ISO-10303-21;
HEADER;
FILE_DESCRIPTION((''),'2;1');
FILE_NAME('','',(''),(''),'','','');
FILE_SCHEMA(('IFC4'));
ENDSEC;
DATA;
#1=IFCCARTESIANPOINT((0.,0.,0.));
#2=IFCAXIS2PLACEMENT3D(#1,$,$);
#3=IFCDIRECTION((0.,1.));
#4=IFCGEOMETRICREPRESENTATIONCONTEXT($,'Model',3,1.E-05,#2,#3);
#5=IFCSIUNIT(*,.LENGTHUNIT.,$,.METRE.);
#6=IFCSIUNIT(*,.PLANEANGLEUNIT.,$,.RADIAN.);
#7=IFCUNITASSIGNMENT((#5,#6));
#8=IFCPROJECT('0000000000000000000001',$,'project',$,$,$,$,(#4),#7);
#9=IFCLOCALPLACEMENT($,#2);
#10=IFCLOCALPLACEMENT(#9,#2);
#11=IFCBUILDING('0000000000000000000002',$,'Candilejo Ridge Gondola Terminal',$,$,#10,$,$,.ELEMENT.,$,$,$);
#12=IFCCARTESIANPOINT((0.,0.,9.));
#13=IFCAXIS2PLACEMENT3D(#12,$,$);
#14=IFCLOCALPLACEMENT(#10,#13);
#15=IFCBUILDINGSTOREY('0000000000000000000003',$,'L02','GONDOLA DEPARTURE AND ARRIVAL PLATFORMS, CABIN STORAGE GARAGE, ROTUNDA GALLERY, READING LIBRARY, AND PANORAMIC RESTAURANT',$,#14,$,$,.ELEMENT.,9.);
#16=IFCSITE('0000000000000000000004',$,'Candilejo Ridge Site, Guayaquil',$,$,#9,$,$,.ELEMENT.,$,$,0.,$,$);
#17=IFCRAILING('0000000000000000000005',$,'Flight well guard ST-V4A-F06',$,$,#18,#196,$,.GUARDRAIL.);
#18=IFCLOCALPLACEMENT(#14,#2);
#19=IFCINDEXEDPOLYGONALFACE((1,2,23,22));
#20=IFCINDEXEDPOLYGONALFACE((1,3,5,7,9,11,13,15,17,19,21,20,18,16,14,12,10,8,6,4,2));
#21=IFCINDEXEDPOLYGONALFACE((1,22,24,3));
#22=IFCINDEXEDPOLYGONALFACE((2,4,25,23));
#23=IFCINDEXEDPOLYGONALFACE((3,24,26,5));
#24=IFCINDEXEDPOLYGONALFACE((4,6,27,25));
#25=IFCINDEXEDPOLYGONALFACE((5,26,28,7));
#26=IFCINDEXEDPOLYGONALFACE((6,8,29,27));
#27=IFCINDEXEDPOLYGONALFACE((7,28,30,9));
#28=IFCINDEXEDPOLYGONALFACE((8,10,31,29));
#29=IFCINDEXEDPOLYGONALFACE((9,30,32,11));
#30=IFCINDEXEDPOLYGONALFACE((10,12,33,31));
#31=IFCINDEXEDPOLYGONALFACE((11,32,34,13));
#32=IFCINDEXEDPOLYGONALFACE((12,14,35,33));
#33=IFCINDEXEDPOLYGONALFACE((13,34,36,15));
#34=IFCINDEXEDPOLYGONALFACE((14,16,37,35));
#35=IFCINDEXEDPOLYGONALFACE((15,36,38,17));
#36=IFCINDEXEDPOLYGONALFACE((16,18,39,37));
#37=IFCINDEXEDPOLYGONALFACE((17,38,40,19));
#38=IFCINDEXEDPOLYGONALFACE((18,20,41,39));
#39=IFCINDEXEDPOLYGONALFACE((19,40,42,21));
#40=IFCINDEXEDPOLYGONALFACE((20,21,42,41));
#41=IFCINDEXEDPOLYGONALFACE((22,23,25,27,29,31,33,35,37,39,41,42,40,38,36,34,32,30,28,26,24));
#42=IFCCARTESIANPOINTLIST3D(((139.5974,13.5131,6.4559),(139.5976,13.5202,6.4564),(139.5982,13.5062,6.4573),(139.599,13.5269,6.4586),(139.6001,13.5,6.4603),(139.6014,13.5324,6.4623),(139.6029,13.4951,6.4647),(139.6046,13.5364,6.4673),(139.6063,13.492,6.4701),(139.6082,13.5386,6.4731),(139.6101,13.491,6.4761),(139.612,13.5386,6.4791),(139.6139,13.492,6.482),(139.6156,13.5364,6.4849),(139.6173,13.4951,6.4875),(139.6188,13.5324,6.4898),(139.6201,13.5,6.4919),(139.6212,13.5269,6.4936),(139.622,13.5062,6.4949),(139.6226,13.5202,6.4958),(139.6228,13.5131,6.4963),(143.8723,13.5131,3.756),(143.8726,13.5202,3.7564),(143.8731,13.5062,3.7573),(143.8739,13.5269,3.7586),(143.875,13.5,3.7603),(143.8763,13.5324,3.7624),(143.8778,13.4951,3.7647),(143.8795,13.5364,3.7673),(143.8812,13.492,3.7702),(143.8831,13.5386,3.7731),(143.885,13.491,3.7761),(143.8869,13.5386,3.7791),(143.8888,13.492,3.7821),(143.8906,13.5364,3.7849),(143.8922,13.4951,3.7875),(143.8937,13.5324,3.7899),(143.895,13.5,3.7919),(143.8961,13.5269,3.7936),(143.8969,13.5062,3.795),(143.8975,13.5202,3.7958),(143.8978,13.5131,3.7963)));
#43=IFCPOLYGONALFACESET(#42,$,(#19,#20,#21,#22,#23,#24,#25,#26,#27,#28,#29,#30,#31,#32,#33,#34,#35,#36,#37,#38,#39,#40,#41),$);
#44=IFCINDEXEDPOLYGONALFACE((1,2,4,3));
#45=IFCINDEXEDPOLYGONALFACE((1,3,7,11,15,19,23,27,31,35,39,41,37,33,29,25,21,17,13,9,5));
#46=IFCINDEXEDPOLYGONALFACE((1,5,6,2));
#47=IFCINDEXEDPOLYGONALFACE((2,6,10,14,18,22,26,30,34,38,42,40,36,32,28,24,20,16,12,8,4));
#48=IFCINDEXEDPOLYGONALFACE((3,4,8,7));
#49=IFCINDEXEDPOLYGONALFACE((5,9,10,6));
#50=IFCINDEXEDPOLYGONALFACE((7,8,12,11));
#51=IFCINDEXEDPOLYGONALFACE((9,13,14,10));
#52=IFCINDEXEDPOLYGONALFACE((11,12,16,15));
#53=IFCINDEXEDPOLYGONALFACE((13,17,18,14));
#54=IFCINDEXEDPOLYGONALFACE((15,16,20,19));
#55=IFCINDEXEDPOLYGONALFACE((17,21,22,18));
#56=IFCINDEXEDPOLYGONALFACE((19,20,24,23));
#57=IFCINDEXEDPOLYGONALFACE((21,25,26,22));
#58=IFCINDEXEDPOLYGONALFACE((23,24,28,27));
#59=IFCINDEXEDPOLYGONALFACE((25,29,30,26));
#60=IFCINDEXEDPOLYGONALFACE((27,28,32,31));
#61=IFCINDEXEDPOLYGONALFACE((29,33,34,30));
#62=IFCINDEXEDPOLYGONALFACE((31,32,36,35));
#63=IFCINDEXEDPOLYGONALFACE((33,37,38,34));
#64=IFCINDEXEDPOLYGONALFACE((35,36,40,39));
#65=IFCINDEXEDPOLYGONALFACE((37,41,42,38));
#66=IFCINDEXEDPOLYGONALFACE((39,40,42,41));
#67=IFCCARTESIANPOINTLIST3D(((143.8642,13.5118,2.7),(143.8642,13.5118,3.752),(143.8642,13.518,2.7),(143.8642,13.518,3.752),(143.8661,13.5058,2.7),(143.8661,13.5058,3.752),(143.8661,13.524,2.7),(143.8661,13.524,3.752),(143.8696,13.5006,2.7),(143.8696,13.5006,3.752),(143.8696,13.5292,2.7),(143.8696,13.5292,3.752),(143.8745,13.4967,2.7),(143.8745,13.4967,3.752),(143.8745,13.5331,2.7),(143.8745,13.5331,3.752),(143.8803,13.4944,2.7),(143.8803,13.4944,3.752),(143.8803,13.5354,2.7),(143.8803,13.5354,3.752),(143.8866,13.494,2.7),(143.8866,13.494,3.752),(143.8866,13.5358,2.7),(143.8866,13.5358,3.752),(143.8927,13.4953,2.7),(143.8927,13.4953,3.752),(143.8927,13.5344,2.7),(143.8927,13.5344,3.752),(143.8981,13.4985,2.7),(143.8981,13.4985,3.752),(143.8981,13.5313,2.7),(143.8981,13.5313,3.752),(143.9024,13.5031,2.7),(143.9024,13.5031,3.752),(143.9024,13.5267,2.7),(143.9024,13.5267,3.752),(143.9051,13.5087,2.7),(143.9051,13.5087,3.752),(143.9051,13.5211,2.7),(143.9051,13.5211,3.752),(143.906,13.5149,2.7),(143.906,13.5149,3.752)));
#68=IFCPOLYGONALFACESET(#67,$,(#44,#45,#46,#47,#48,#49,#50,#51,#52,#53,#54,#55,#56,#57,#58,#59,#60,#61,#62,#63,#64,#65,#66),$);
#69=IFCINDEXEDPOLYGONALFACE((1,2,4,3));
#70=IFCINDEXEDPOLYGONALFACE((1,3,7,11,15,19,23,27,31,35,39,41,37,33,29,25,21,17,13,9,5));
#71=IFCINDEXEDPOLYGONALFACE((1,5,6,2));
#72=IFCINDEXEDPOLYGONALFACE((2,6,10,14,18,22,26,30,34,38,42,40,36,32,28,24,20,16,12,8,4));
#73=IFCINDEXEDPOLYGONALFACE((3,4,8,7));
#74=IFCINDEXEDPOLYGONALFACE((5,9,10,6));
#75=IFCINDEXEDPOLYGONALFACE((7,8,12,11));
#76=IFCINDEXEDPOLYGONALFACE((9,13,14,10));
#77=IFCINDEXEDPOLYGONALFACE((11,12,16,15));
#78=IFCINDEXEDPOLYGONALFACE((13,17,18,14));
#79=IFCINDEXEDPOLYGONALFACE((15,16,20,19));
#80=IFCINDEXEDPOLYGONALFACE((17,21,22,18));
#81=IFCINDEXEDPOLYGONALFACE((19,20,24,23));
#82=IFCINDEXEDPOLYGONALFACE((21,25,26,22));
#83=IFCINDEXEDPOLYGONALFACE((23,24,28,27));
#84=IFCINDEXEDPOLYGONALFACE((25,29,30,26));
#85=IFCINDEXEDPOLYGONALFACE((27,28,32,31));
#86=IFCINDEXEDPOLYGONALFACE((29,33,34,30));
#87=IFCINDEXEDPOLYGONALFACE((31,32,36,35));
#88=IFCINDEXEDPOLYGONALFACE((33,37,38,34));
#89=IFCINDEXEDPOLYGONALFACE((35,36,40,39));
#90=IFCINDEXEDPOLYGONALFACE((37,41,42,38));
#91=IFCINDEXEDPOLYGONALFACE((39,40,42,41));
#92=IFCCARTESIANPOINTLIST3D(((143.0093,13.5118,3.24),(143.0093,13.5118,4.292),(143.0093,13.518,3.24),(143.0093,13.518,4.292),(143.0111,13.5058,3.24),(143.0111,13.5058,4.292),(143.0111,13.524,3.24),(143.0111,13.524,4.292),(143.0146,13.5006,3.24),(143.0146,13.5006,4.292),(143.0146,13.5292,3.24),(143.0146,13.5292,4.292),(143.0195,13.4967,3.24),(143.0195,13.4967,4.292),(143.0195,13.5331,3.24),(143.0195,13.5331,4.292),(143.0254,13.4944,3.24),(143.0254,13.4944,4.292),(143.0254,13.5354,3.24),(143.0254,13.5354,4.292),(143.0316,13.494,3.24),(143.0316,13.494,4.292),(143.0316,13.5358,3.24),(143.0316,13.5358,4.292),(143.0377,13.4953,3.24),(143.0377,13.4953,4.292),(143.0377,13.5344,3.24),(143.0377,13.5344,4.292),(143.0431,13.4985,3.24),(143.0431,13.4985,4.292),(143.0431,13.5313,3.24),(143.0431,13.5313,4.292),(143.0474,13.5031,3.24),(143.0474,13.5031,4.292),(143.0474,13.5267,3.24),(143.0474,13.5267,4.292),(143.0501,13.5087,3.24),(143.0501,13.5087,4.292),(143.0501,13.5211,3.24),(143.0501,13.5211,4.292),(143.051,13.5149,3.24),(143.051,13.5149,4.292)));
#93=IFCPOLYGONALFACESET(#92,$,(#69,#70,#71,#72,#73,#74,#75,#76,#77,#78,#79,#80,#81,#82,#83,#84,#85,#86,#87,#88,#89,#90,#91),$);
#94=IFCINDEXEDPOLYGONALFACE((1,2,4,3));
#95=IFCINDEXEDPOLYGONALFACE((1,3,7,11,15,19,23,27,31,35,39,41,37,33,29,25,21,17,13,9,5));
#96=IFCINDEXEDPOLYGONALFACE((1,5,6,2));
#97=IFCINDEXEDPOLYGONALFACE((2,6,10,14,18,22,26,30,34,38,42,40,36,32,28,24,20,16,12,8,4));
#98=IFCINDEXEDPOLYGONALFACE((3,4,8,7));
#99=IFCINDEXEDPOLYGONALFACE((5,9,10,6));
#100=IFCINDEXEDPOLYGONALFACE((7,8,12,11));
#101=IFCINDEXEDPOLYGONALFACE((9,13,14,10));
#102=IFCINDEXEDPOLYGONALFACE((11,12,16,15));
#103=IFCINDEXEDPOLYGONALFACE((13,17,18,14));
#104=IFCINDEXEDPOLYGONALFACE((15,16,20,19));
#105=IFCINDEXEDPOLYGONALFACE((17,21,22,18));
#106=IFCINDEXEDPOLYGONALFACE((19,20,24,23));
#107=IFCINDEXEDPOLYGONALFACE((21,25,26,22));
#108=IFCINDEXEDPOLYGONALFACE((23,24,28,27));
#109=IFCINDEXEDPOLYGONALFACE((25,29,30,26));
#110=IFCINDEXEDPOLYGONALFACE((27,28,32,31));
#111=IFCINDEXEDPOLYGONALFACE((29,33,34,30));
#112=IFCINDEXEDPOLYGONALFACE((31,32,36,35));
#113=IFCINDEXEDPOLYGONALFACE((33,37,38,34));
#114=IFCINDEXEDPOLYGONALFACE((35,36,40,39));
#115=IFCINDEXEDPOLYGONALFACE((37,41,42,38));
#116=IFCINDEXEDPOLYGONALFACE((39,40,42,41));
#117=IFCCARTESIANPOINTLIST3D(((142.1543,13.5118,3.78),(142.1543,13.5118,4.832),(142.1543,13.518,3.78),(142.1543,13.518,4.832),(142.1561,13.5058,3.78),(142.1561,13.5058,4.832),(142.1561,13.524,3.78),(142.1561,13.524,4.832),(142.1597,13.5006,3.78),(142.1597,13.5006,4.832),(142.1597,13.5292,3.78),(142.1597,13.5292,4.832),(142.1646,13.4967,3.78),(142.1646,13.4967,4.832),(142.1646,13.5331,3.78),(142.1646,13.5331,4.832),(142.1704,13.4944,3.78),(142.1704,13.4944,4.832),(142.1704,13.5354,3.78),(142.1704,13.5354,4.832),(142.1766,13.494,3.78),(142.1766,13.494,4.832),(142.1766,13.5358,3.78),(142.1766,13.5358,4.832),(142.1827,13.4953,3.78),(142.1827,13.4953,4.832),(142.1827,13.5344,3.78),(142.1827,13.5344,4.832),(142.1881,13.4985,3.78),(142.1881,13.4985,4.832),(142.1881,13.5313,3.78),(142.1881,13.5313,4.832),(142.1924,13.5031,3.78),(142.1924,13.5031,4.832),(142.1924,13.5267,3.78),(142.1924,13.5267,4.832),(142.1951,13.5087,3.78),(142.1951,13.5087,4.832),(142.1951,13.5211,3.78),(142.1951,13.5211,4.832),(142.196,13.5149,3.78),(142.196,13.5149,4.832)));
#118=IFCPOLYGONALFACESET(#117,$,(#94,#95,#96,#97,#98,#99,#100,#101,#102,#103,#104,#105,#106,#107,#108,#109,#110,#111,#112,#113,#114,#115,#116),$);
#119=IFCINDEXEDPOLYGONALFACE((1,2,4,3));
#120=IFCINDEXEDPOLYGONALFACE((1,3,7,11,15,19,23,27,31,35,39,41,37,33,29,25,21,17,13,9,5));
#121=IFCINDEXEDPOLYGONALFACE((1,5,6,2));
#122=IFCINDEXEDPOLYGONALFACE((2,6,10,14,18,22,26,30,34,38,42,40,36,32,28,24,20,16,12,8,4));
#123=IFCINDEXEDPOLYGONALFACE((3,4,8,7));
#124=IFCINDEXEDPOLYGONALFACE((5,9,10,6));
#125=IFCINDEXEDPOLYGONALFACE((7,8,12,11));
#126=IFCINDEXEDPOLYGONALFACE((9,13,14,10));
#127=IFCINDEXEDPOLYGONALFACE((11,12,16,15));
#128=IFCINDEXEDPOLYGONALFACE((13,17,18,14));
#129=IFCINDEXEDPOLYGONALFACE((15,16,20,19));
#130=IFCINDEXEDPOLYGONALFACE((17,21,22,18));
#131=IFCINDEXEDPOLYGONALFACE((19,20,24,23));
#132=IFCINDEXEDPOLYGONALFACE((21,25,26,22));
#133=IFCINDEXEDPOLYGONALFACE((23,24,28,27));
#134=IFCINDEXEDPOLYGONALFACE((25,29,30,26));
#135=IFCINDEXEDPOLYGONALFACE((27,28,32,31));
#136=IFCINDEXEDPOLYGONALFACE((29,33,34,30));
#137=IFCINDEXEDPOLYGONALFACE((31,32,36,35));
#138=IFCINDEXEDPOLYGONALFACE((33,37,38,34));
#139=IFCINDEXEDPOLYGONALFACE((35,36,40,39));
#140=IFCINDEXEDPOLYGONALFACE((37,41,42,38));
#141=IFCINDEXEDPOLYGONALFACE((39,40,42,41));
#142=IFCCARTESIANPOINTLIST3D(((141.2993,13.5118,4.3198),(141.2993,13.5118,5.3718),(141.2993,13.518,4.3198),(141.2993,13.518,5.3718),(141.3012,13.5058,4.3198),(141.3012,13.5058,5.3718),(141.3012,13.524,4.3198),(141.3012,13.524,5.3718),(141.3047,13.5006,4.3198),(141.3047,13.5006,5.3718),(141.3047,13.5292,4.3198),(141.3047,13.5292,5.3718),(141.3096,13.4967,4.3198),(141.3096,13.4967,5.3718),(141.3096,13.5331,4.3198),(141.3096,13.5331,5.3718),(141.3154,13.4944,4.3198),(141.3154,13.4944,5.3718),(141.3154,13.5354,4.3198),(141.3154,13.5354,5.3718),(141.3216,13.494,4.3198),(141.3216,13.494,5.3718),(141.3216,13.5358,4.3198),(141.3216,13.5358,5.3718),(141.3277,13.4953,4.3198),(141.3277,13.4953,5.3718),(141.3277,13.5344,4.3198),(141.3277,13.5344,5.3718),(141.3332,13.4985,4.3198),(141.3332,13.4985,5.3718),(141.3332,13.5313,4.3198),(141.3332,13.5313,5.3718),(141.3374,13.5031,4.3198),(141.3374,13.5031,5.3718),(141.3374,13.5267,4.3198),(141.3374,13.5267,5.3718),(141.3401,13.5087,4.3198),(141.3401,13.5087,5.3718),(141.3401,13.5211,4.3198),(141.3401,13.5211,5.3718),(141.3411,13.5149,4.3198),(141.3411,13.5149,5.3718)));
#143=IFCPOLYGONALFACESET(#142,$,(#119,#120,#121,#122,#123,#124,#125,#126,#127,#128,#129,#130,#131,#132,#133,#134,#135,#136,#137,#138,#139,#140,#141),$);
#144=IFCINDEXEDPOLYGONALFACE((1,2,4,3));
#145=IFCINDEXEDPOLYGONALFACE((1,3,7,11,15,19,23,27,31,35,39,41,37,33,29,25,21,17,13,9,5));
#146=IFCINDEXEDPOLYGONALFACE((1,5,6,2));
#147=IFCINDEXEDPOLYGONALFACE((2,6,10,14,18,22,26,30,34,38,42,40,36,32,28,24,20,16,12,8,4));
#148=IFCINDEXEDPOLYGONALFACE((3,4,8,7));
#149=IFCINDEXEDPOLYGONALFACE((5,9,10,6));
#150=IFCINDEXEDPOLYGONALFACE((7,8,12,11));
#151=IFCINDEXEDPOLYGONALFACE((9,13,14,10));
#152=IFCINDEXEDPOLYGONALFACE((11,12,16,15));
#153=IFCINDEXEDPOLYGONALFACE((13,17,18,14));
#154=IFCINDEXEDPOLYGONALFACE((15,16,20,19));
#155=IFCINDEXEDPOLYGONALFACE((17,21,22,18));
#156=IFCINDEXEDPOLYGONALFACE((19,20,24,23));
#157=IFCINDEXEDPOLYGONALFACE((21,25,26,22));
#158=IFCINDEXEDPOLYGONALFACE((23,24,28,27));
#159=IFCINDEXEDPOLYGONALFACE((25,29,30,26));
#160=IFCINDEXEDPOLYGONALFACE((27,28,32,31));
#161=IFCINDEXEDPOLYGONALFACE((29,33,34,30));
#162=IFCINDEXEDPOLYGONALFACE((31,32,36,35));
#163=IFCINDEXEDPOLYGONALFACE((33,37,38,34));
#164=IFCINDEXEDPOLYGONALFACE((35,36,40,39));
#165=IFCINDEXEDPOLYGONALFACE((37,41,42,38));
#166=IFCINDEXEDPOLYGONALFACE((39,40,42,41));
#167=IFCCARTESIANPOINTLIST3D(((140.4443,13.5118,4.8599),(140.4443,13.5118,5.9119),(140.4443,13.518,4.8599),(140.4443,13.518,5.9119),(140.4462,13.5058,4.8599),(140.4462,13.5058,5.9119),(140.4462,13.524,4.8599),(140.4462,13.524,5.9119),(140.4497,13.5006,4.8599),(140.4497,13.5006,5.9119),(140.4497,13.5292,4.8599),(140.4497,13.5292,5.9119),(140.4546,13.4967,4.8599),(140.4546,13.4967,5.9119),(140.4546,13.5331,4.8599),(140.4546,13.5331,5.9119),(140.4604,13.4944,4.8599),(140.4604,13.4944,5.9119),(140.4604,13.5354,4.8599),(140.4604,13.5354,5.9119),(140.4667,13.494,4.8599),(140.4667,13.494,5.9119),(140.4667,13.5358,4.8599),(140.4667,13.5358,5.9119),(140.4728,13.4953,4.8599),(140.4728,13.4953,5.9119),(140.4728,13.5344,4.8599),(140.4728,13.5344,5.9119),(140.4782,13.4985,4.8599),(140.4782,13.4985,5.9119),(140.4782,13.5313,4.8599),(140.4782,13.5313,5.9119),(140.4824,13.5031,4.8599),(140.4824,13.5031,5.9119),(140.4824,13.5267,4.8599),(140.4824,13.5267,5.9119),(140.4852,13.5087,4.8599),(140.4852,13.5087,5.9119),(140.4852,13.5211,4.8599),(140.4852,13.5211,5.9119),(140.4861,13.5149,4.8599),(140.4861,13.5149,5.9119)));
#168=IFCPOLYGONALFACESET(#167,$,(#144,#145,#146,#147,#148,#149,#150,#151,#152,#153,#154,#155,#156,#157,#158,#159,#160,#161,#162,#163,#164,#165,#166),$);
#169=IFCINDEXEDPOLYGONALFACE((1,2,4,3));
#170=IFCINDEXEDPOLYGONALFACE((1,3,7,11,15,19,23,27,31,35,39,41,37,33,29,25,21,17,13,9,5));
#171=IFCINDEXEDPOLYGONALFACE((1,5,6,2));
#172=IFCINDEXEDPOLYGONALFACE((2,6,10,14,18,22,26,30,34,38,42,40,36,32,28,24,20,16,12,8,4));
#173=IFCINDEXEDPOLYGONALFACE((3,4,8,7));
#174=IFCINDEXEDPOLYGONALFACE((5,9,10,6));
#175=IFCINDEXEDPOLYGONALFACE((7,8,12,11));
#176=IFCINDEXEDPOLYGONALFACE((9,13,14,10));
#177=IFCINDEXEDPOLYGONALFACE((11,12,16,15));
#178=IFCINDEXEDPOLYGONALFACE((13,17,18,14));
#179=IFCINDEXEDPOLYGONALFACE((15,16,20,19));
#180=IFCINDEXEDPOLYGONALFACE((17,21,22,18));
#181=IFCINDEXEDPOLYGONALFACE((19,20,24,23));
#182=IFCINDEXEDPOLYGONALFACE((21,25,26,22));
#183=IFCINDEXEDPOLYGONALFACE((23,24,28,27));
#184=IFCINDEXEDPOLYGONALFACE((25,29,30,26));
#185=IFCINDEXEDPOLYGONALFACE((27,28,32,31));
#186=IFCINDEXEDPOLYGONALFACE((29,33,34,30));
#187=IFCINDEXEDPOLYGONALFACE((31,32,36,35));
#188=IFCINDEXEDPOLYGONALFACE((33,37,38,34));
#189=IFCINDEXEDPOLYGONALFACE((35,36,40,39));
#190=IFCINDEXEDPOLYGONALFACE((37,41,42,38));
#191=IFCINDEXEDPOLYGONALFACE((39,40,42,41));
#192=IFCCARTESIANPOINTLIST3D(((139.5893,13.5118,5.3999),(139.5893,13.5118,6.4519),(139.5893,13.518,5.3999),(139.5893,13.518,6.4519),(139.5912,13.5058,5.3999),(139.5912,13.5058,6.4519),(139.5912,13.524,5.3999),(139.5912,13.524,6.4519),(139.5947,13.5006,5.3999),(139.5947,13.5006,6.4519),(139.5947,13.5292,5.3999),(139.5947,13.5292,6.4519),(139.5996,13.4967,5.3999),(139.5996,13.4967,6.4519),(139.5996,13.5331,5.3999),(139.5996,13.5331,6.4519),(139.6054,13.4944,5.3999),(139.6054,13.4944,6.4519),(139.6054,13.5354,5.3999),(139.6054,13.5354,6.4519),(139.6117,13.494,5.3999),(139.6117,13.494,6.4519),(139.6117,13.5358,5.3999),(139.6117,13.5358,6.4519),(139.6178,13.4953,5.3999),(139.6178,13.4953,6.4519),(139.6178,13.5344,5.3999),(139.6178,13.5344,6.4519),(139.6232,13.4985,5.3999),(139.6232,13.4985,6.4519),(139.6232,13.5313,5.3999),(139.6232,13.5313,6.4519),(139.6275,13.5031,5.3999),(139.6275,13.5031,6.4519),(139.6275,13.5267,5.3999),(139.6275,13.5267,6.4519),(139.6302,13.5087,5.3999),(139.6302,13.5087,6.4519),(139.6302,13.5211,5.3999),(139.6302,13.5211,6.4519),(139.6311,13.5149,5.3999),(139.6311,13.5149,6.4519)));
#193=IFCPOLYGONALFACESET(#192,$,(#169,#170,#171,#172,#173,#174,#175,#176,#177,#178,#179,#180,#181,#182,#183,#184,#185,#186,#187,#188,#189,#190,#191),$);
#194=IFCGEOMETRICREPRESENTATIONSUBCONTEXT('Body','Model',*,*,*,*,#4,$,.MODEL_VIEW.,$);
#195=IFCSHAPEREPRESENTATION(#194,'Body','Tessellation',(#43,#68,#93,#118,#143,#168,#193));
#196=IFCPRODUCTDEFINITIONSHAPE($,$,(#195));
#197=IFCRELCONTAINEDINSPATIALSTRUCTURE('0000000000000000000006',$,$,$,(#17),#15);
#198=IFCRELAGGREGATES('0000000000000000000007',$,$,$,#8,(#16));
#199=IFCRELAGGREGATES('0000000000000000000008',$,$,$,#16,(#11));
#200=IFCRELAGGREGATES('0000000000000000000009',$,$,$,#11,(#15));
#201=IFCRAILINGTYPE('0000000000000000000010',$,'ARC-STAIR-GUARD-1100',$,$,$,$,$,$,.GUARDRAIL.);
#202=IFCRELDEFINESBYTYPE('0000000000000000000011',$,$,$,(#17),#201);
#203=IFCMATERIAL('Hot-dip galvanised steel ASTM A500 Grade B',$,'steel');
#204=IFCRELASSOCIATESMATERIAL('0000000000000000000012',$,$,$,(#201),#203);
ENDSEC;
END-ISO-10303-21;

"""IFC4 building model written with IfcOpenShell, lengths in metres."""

from ifc_helpers import new_model, si_unit, direction, frame, origin, origin_2d, place, context, subcontext, project, spatial, circle, extrude, material, type_object, element, save


model = new_model("IFC4")

# Units and contexts
model_context = context("Model", 3, precision=1e-05, world=origin(), true_north=direction((0.0, 1.0)))
body_context = subcontext(model_context, "Body", "Model", "MODEL_VIEW")
ifc_project = project(units=[si_unit("LENGTHUNIT", "METRE"), si_unit("PLANEANGLEUNIT", "RADIAN")], contexts=[model_context])

# Site, building, storey
site_placement = place(None, origin())
site = spatial("IfcSite", under=ifc_project, at=site_placement, Name="Candilejo Ridge Site, Guayaquil", CompositionType="ELEMENT", RefElevation=0.0)
building_placement = place(site_placement, origin())
building = spatial("IfcBuilding", under=site, at=building_placement, Name="Candilejo Ridge Gondola Terminal", CompositionType="ELEMENT")
storey_placement = place(building_placement, frame((0.0, 0.0, 9.0)))
storey = spatial("IfcBuildingStorey", under=building, at=storey_placement, Name="L02", Description="GONDOLA DEPARTURE AND ARRIVAL PLATFORMS, CABIN STORAGE GARAGE, ROTUNDA GALLERY, READING LIBRARY, AND PANORAMIC RESTAURANT", CompositionType="ELEMENT", Elevation=9.0)

# Railing
ifc_material_1 = material(Name="Hot-dip galvanised steel ASTM A500 Grade B", Category="steel")
railing_type_1 = type_object("IfcRailingType", Name="ARC-STAIR-GUARD-1100", PredefinedType="GUARDRAIL", material=ifc_material_1)
railing_1_placement = place(storey_placement, frame((143.885, 13.5149, 2.7)))
element("IfcRailing", 1, at=railing_1_placement, inside=storey, type_object=railing_type_1, Name="Flight well guard ST-V4A-F06", PredefinedType="GUARDRAIL", context=body_context, shape_type="SweptSolid", body=[
    extrude(circle(Radius=0.0239, at=origin_2d()), frame((0.0, 0.0, 1.0762), z_axis=(-0.845488, 0.0, 0.533995), x_axis=(0.0, -1.0, 0.0)), (0.0, 0.0, 1.0), 5.0562),
    extrude(circle(Radius=0.021, at=origin_2d()), origin(), (0.0, 0.0, 1.0), 1.052),
    extrude(circle(Radius=0.021, at=origin_2d()), frame((-0.855, 0.0, 0.54)), (0.0, 0.0, 1.0), 1.052),
    extrude(circle(Radius=0.021, at=origin_2d()), frame((-1.71, 0.0, 1.0801)), (0.0, 0.0, 1.0), 1.052),
    extrude(circle(Radius=0.021, at=origin_2d()), frame((-2.5649, 0.0, 1.6199)), (0.0, 0.0, 1.0), 1.052),
    extrude(circle(Radius=0.021, at=origin_2d()), frame((-3.4199, 0.0, 2.1599)), (0.0, 0.0, 1.0), 1.052),
    extrude(circle(Radius=0.021, at=origin_2d()), frame((-4.2749, 0.0, 2.7)), (0.0, 0.0, 1.0), 1.052),
])

save(model, "model.ifc")
